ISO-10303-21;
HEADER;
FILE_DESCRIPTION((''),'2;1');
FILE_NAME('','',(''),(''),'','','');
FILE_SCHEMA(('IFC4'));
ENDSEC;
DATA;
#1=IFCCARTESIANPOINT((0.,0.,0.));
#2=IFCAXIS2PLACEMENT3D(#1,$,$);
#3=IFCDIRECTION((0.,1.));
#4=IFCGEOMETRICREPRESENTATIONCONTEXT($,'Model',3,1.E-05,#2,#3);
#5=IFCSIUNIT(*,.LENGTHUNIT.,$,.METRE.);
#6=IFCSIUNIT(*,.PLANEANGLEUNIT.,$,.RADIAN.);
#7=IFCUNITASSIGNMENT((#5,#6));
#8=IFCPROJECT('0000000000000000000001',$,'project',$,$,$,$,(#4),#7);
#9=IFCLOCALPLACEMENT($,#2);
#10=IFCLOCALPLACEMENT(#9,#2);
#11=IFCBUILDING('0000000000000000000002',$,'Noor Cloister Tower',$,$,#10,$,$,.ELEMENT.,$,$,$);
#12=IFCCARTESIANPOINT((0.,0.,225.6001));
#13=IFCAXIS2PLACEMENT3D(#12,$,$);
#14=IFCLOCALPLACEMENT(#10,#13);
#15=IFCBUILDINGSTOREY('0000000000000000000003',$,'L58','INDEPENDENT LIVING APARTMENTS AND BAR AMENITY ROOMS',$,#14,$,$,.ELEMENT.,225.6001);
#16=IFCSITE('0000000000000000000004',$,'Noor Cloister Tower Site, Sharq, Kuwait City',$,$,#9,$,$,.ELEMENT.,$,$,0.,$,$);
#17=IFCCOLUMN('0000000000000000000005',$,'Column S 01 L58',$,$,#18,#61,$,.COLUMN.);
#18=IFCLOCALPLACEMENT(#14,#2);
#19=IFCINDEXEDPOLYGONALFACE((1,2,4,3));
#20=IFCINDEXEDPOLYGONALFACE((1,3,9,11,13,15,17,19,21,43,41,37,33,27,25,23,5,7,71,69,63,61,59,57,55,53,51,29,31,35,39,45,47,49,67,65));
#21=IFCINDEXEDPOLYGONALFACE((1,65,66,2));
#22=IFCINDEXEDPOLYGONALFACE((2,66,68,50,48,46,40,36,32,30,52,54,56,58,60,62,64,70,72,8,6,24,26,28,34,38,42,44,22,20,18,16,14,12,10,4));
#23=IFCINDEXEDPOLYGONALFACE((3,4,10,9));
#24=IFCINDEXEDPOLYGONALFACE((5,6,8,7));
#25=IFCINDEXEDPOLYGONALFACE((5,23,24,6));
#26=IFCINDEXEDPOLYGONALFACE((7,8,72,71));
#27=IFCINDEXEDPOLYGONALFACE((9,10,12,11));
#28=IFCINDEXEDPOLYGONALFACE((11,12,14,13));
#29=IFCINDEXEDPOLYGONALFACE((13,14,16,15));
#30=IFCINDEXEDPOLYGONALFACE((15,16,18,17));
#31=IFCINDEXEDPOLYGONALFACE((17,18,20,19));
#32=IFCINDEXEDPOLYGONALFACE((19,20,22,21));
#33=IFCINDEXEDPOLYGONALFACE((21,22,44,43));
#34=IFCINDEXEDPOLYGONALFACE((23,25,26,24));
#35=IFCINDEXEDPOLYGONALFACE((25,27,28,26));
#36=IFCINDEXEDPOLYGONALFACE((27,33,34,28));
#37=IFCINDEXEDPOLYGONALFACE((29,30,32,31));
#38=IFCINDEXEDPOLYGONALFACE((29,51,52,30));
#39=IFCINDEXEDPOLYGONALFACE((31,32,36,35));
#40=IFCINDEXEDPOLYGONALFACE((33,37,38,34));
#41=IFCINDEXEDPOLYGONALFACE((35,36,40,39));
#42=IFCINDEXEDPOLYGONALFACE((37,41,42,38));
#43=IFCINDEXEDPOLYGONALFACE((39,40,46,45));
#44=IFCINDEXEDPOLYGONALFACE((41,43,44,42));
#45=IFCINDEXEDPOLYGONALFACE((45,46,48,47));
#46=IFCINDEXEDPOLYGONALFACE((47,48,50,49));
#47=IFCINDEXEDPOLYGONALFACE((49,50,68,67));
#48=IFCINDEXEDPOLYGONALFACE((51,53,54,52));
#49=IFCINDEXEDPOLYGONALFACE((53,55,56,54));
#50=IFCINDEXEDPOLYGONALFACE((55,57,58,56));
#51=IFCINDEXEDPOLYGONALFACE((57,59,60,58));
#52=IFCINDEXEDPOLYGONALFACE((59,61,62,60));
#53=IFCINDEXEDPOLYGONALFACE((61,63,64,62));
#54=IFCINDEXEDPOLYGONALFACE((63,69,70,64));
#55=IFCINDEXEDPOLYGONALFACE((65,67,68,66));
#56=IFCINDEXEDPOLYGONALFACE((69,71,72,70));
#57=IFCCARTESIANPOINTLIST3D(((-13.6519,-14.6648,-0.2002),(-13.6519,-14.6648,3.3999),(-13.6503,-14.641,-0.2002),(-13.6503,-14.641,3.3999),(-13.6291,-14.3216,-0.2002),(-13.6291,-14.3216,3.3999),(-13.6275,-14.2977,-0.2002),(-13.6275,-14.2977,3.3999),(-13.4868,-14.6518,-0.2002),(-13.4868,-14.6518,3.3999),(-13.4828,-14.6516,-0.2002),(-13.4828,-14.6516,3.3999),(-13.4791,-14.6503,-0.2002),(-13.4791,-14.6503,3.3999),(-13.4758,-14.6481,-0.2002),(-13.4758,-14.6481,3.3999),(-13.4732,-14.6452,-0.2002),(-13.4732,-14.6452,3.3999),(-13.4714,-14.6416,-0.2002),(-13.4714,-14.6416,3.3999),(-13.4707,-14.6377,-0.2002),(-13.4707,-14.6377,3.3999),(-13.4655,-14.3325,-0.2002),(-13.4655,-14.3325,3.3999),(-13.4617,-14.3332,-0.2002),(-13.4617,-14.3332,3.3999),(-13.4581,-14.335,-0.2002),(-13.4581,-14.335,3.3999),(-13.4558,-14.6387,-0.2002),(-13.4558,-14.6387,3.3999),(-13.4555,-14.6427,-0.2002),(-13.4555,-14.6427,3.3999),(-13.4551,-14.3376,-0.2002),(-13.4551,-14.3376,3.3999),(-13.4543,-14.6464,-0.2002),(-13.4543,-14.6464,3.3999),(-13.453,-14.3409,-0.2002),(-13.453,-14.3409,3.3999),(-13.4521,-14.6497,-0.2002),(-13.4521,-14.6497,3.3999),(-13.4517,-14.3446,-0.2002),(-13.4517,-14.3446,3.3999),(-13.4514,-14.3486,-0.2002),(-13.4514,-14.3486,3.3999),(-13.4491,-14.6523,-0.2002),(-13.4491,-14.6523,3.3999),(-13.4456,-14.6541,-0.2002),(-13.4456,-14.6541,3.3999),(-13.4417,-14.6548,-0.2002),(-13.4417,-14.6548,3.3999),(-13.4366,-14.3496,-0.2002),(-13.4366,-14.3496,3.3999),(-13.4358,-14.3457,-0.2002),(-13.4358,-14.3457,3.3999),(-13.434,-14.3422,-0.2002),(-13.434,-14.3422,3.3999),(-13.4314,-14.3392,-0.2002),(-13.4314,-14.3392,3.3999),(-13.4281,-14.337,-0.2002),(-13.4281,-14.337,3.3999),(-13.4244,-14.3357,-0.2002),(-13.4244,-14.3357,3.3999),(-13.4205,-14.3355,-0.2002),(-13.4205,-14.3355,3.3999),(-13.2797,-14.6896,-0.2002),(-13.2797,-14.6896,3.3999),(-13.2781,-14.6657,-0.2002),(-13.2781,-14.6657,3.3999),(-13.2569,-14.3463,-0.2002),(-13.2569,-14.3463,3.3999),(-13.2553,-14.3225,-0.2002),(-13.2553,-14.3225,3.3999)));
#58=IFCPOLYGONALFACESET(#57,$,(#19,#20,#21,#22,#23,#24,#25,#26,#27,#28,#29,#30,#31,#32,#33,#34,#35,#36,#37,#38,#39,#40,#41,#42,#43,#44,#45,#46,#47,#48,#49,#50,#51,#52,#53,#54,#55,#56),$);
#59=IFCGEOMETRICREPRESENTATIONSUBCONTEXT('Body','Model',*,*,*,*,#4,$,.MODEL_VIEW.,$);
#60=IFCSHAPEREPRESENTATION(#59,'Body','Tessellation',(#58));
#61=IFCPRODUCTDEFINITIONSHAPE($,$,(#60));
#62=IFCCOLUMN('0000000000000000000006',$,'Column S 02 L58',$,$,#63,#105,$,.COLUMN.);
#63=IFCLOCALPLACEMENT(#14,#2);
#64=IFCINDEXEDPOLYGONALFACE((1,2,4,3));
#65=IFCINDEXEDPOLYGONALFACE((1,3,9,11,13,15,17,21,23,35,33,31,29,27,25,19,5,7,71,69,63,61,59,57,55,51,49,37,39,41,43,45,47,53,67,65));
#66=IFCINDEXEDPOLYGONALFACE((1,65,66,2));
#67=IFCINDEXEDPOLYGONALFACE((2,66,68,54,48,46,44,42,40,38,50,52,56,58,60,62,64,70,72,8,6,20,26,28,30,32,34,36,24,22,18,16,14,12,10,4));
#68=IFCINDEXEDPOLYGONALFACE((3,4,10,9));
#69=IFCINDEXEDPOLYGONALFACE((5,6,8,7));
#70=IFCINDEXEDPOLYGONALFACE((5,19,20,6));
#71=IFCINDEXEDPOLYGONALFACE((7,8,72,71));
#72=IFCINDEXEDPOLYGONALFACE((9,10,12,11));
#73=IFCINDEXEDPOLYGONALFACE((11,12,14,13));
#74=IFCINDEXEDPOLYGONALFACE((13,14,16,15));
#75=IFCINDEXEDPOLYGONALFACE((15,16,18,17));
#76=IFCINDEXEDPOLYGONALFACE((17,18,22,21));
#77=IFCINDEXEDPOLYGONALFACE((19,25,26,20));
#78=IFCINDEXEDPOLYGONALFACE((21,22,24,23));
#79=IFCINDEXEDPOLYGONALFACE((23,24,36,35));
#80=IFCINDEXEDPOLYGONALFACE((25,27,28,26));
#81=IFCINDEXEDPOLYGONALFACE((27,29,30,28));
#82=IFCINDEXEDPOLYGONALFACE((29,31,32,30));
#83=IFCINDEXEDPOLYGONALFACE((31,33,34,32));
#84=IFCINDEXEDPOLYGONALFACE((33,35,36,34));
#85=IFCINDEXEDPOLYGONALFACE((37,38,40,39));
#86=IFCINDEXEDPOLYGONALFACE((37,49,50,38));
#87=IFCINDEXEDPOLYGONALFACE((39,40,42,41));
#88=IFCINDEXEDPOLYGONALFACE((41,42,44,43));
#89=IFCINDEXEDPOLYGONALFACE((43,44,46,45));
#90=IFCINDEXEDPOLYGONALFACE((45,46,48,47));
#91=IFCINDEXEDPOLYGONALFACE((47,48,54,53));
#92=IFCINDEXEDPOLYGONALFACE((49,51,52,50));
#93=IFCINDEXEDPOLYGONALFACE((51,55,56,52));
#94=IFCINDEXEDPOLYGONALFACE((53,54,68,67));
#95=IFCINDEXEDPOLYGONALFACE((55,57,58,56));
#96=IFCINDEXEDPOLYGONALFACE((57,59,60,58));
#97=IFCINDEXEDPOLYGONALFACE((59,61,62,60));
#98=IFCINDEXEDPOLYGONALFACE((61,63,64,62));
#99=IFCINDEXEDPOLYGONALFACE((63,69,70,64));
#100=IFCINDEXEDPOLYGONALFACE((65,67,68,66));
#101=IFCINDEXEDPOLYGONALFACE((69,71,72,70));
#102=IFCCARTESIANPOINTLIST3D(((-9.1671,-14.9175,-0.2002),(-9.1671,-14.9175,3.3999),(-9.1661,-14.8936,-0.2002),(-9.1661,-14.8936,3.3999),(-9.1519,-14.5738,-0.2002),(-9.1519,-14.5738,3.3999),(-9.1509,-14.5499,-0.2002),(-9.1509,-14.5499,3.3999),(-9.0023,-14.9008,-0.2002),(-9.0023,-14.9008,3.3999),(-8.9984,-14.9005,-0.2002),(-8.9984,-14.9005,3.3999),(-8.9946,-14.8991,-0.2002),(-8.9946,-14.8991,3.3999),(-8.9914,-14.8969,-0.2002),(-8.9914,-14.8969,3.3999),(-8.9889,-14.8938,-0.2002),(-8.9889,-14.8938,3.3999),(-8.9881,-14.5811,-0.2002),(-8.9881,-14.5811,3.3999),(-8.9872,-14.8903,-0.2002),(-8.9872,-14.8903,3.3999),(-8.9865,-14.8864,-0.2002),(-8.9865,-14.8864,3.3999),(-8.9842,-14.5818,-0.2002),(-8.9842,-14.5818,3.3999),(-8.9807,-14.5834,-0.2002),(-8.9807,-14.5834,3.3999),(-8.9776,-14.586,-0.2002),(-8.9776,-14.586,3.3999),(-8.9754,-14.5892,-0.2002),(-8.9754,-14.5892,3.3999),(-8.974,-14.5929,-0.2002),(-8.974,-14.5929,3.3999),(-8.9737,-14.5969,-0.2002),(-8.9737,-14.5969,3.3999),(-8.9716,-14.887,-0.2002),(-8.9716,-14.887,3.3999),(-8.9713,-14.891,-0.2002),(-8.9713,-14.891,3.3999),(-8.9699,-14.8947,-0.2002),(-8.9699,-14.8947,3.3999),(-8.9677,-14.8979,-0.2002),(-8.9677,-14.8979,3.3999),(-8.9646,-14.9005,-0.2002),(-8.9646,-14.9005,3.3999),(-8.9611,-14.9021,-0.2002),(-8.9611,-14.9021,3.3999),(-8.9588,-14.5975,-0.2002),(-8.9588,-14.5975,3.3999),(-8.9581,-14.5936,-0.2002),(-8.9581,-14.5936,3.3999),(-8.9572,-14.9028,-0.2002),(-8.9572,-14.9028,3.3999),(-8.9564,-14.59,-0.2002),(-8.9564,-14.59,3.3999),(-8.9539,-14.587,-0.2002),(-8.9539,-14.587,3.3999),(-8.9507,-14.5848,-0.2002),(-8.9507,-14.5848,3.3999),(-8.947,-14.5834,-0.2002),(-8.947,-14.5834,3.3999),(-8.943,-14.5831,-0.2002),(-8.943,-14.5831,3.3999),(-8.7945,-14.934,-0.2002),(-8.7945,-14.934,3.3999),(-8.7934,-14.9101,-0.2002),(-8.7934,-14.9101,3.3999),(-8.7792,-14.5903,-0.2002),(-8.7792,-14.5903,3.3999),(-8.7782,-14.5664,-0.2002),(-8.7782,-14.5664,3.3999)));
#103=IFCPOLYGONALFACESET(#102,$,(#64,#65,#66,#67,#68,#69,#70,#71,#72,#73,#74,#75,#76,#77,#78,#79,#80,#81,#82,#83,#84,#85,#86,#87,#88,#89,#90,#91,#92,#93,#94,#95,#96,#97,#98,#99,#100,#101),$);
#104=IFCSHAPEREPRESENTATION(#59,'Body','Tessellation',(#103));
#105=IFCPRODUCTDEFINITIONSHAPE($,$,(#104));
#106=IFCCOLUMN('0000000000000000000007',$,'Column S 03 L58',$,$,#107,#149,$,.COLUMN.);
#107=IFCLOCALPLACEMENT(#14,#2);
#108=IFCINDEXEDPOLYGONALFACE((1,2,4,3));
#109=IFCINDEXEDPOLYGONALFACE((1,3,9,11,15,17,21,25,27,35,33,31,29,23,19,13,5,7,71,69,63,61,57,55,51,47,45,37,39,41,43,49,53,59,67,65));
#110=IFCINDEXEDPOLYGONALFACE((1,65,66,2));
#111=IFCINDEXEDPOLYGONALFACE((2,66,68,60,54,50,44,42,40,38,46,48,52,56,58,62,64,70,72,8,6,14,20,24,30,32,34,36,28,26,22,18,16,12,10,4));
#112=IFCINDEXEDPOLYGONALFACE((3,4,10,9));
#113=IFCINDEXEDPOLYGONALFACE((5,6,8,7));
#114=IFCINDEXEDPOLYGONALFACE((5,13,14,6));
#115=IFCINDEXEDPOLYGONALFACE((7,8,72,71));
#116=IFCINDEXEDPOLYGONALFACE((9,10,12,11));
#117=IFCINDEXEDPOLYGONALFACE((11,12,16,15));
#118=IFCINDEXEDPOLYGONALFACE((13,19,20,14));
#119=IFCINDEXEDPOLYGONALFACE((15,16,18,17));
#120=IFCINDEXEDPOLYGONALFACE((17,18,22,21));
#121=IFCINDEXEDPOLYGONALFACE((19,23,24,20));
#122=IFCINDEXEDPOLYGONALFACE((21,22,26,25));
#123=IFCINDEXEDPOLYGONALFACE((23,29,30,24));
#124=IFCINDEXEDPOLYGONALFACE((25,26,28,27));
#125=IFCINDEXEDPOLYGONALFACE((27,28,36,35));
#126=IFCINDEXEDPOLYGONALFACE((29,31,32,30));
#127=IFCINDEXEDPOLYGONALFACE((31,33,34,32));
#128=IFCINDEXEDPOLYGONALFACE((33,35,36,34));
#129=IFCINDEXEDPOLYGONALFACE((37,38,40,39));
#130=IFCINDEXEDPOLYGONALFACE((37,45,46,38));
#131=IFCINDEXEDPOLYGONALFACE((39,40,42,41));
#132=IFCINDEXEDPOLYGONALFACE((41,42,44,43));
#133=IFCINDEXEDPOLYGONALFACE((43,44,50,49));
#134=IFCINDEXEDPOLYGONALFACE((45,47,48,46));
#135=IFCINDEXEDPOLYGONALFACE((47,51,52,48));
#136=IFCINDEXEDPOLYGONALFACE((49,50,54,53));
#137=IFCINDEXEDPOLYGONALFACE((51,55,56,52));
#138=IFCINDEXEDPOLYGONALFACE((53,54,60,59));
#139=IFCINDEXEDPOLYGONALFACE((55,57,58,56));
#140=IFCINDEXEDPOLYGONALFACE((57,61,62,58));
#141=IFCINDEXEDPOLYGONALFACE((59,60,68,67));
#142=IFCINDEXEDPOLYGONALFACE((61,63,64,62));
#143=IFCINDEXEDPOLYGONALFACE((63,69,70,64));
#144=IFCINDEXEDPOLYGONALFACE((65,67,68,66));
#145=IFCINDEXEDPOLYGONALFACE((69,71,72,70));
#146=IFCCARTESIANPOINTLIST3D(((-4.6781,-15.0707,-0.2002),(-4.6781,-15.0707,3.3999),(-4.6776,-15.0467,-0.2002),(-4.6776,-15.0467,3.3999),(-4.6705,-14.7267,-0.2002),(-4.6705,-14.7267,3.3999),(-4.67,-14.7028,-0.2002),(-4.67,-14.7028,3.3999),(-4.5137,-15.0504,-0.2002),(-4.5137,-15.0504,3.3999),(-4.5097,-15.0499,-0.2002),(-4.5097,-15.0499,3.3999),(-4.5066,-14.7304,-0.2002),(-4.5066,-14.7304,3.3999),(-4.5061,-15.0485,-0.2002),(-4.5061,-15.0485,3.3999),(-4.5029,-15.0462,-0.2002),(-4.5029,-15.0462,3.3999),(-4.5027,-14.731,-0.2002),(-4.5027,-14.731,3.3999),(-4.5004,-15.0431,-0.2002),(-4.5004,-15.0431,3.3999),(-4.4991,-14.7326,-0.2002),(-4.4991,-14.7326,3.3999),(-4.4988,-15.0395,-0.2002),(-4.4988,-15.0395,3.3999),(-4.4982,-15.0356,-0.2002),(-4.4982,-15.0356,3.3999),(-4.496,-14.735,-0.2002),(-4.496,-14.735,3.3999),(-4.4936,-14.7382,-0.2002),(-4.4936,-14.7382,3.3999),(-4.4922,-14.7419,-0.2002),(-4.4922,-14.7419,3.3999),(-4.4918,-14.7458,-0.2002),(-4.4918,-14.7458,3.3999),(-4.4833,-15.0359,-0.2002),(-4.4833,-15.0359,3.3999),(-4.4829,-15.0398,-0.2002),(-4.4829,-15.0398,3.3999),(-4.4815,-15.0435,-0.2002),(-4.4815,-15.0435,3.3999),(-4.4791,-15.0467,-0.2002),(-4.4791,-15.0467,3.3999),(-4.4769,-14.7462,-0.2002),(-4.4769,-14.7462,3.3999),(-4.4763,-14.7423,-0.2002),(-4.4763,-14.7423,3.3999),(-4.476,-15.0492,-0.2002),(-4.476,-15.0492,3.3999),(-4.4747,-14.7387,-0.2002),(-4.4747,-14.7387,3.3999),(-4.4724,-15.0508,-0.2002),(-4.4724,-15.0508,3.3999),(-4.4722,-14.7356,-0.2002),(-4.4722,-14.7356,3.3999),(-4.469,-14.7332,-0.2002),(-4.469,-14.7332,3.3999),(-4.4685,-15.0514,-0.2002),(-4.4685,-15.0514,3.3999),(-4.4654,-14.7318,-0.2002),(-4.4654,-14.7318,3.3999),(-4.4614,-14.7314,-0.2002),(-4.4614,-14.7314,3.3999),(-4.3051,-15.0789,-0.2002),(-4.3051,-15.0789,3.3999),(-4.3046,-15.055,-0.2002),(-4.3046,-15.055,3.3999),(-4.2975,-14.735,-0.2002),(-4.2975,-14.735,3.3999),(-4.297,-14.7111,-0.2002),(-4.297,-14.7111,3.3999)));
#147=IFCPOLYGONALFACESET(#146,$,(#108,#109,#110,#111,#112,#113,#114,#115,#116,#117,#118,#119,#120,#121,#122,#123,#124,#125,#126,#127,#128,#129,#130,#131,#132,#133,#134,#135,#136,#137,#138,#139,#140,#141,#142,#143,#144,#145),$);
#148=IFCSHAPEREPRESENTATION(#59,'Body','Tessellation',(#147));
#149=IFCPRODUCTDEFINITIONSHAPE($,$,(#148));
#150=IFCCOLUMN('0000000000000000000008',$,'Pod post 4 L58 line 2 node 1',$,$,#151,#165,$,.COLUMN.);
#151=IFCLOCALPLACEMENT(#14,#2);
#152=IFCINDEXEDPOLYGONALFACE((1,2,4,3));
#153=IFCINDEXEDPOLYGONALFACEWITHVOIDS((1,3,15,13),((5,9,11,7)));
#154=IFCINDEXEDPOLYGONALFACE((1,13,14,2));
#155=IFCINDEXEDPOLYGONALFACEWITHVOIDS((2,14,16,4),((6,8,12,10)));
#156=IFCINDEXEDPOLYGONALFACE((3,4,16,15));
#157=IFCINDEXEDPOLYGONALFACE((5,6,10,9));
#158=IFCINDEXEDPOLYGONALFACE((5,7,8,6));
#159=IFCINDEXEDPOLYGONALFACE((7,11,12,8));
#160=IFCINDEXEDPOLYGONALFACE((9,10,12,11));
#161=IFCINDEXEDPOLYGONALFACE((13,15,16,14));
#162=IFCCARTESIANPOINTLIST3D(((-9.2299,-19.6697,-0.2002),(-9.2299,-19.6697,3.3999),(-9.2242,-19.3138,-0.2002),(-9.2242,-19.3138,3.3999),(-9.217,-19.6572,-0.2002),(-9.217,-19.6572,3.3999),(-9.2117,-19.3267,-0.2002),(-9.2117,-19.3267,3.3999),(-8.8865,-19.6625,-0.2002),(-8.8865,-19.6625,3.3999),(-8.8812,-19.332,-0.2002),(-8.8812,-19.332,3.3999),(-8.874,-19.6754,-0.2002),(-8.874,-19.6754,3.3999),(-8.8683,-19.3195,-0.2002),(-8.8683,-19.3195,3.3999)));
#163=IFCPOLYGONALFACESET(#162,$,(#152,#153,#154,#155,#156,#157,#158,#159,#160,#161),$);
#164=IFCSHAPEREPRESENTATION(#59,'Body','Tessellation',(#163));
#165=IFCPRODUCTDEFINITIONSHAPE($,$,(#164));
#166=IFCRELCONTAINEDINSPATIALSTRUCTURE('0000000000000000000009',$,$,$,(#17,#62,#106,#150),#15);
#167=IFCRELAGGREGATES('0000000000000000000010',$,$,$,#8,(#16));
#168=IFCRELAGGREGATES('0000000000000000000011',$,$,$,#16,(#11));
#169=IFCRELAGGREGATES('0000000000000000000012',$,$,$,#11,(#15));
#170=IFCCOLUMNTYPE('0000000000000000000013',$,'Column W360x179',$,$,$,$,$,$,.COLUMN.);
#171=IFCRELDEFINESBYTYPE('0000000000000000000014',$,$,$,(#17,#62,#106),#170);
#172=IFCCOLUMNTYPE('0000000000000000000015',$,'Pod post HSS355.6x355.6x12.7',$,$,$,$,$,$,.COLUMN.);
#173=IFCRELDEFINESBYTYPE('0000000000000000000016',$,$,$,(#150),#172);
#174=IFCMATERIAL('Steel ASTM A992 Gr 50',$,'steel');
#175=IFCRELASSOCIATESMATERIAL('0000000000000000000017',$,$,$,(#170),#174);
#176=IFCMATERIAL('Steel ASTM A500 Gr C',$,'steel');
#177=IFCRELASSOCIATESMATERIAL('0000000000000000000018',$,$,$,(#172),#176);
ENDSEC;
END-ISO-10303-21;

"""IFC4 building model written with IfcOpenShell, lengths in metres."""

from ifc_helpers import new_model, si_unit, direction, frame, origin, origin_2d, place, context, subcontext, project, spatial, hollow_rectangle, i_section, extrude, material, material_profile, profile_set, type_object, element, save


model = new_model("IFC4")

# Units and contexts
model_context = context("Model", 3, precision=1e-05, world=origin(), true_north=direction((0.0, 1.0)))
body_context = subcontext(model_context, "Body", "Model", "MODEL_VIEW")
ifc_project = project(units=[si_unit("LENGTHUNIT", "METRE"), si_unit("PLANEANGLEUNIT", "RADIAN")], contexts=[model_context])

# Site, building, storey
site_placement = place(None, origin())
site = spatial("IfcSite", under=ifc_project, at=site_placement, Name="Noor Cloister Tower Site, Sharq, Kuwait City", CompositionType="ELEMENT", RefElevation=0.0)
building_placement = place(site_placement, origin())
building = spatial("IfcBuilding", under=site, at=building_placement, Name="Noor Cloister Tower", CompositionType="ELEMENT")
storey_placement = place(building_placement, frame((0.0, 0.0, 225.6001)))
storey = spatial("IfcBuildingStorey", under=building, at=storey_placement, Name="L58", Description="INDEPENDENT LIVING APARTMENTS AND BAR AMENITY ROOMS", CompositionType="ELEMENT", Elevation=225.6001)

# Columns
ifc_material_1 = material(Name="Steel ASTM A992 Gr 50", Category="steel")
ifc_material_profile_1 = material_profile(ifc_material_1, i_section(OverallWidth=0.373, OverallDepth=0.3679, WebThickness=0.0149, FlangeThickness=0.0239, FilletRadius=0.0151, at=origin_2d()), Name="W360x179")
ifc_profile_set_1 = profile_set([ifc_material_profile_1], Name="Steel ASTM A992 Gr 50")
column_type_1 = type_object("IfcColumnType", Name="Column W360x179", PredefinedType="COLUMN", material=ifc_profile_set_1)
for number, where, z_axis, x_axis, name in (
    (1, (-13.4536, -14.4937, -0.2002), (0.0, 0.0, 1.0), (0.997796, -0.066352, 0.0), "Column S 01 L58"),
    (2, (-8.9727, -14.7419, -0.2002), (0.0, 0.0, 1.0), (0.99902, -0.044252, 0.0), "Column S 02 L58"),
    (3, (-4.4875, -14.8909, -0.2002), (0.0, 0.0, 1.0), (0.999755, -0.022132, 0.0), "Column S 03 L58"),
):
    element("IfcColumn", number, at=place(storey_placement, frame(where, z_axis=z_axis, x_axis=x_axis)), inside=storey, type_object=column_type_1, Name=name, PredefinedType="COLUMN", context=body_context, shape_type="SweptSolid", body=[
        extrude(i_section(OverallWidth=0.373, OverallDepth=0.3679, WebThickness=0.0149, FlangeThickness=0.0239, FilletRadius=0.0151, at=origin_2d()), origin(), (0.0, 0.0, 1.0), 3.6001),
    ])
ifc_material_2 = material(Name="Steel ASTM A500 Gr C", Category="steel")
ifc_material_profile_2 = material_profile(ifc_material_2, hollow_rectangle(XDim=0.356, YDim=0.356, WallThickness=0.0127, at=origin_2d()), Name="HSS355.6x355.6x12.7")
ifc_profile_set_2 = profile_set([ifc_material_profile_2], Name="Steel ASTM A500 Gr C")
column_type_2 = type_object("IfcColumnType", Name="Pod post HSS355.6x355.6x12.7", PredefinedType="COLUMN", material=ifc_profile_set_2)
column_placement = place(storey_placement, frame((-9.0491, -19.4946, -0.2002), z_axis=(0.0, 0.0, 1.0), x_axis=(-0.016039, -0.999871, 0.0)))
element("IfcColumn", 4, at=column_placement, inside=storey, type_object=column_type_2, Name="Pod post 4 L58 line 2 node 1", PredefinedType="COLUMN", context=body_context, shape_type="SweptSolid", body=[
    extrude(hollow_rectangle(XDim=0.356, YDim=0.356, WallThickness=0.0127, at=origin_2d()), origin(), (0.0, 0.0, 1.0), 3.6001),
])

save(model, "model.ifc")
